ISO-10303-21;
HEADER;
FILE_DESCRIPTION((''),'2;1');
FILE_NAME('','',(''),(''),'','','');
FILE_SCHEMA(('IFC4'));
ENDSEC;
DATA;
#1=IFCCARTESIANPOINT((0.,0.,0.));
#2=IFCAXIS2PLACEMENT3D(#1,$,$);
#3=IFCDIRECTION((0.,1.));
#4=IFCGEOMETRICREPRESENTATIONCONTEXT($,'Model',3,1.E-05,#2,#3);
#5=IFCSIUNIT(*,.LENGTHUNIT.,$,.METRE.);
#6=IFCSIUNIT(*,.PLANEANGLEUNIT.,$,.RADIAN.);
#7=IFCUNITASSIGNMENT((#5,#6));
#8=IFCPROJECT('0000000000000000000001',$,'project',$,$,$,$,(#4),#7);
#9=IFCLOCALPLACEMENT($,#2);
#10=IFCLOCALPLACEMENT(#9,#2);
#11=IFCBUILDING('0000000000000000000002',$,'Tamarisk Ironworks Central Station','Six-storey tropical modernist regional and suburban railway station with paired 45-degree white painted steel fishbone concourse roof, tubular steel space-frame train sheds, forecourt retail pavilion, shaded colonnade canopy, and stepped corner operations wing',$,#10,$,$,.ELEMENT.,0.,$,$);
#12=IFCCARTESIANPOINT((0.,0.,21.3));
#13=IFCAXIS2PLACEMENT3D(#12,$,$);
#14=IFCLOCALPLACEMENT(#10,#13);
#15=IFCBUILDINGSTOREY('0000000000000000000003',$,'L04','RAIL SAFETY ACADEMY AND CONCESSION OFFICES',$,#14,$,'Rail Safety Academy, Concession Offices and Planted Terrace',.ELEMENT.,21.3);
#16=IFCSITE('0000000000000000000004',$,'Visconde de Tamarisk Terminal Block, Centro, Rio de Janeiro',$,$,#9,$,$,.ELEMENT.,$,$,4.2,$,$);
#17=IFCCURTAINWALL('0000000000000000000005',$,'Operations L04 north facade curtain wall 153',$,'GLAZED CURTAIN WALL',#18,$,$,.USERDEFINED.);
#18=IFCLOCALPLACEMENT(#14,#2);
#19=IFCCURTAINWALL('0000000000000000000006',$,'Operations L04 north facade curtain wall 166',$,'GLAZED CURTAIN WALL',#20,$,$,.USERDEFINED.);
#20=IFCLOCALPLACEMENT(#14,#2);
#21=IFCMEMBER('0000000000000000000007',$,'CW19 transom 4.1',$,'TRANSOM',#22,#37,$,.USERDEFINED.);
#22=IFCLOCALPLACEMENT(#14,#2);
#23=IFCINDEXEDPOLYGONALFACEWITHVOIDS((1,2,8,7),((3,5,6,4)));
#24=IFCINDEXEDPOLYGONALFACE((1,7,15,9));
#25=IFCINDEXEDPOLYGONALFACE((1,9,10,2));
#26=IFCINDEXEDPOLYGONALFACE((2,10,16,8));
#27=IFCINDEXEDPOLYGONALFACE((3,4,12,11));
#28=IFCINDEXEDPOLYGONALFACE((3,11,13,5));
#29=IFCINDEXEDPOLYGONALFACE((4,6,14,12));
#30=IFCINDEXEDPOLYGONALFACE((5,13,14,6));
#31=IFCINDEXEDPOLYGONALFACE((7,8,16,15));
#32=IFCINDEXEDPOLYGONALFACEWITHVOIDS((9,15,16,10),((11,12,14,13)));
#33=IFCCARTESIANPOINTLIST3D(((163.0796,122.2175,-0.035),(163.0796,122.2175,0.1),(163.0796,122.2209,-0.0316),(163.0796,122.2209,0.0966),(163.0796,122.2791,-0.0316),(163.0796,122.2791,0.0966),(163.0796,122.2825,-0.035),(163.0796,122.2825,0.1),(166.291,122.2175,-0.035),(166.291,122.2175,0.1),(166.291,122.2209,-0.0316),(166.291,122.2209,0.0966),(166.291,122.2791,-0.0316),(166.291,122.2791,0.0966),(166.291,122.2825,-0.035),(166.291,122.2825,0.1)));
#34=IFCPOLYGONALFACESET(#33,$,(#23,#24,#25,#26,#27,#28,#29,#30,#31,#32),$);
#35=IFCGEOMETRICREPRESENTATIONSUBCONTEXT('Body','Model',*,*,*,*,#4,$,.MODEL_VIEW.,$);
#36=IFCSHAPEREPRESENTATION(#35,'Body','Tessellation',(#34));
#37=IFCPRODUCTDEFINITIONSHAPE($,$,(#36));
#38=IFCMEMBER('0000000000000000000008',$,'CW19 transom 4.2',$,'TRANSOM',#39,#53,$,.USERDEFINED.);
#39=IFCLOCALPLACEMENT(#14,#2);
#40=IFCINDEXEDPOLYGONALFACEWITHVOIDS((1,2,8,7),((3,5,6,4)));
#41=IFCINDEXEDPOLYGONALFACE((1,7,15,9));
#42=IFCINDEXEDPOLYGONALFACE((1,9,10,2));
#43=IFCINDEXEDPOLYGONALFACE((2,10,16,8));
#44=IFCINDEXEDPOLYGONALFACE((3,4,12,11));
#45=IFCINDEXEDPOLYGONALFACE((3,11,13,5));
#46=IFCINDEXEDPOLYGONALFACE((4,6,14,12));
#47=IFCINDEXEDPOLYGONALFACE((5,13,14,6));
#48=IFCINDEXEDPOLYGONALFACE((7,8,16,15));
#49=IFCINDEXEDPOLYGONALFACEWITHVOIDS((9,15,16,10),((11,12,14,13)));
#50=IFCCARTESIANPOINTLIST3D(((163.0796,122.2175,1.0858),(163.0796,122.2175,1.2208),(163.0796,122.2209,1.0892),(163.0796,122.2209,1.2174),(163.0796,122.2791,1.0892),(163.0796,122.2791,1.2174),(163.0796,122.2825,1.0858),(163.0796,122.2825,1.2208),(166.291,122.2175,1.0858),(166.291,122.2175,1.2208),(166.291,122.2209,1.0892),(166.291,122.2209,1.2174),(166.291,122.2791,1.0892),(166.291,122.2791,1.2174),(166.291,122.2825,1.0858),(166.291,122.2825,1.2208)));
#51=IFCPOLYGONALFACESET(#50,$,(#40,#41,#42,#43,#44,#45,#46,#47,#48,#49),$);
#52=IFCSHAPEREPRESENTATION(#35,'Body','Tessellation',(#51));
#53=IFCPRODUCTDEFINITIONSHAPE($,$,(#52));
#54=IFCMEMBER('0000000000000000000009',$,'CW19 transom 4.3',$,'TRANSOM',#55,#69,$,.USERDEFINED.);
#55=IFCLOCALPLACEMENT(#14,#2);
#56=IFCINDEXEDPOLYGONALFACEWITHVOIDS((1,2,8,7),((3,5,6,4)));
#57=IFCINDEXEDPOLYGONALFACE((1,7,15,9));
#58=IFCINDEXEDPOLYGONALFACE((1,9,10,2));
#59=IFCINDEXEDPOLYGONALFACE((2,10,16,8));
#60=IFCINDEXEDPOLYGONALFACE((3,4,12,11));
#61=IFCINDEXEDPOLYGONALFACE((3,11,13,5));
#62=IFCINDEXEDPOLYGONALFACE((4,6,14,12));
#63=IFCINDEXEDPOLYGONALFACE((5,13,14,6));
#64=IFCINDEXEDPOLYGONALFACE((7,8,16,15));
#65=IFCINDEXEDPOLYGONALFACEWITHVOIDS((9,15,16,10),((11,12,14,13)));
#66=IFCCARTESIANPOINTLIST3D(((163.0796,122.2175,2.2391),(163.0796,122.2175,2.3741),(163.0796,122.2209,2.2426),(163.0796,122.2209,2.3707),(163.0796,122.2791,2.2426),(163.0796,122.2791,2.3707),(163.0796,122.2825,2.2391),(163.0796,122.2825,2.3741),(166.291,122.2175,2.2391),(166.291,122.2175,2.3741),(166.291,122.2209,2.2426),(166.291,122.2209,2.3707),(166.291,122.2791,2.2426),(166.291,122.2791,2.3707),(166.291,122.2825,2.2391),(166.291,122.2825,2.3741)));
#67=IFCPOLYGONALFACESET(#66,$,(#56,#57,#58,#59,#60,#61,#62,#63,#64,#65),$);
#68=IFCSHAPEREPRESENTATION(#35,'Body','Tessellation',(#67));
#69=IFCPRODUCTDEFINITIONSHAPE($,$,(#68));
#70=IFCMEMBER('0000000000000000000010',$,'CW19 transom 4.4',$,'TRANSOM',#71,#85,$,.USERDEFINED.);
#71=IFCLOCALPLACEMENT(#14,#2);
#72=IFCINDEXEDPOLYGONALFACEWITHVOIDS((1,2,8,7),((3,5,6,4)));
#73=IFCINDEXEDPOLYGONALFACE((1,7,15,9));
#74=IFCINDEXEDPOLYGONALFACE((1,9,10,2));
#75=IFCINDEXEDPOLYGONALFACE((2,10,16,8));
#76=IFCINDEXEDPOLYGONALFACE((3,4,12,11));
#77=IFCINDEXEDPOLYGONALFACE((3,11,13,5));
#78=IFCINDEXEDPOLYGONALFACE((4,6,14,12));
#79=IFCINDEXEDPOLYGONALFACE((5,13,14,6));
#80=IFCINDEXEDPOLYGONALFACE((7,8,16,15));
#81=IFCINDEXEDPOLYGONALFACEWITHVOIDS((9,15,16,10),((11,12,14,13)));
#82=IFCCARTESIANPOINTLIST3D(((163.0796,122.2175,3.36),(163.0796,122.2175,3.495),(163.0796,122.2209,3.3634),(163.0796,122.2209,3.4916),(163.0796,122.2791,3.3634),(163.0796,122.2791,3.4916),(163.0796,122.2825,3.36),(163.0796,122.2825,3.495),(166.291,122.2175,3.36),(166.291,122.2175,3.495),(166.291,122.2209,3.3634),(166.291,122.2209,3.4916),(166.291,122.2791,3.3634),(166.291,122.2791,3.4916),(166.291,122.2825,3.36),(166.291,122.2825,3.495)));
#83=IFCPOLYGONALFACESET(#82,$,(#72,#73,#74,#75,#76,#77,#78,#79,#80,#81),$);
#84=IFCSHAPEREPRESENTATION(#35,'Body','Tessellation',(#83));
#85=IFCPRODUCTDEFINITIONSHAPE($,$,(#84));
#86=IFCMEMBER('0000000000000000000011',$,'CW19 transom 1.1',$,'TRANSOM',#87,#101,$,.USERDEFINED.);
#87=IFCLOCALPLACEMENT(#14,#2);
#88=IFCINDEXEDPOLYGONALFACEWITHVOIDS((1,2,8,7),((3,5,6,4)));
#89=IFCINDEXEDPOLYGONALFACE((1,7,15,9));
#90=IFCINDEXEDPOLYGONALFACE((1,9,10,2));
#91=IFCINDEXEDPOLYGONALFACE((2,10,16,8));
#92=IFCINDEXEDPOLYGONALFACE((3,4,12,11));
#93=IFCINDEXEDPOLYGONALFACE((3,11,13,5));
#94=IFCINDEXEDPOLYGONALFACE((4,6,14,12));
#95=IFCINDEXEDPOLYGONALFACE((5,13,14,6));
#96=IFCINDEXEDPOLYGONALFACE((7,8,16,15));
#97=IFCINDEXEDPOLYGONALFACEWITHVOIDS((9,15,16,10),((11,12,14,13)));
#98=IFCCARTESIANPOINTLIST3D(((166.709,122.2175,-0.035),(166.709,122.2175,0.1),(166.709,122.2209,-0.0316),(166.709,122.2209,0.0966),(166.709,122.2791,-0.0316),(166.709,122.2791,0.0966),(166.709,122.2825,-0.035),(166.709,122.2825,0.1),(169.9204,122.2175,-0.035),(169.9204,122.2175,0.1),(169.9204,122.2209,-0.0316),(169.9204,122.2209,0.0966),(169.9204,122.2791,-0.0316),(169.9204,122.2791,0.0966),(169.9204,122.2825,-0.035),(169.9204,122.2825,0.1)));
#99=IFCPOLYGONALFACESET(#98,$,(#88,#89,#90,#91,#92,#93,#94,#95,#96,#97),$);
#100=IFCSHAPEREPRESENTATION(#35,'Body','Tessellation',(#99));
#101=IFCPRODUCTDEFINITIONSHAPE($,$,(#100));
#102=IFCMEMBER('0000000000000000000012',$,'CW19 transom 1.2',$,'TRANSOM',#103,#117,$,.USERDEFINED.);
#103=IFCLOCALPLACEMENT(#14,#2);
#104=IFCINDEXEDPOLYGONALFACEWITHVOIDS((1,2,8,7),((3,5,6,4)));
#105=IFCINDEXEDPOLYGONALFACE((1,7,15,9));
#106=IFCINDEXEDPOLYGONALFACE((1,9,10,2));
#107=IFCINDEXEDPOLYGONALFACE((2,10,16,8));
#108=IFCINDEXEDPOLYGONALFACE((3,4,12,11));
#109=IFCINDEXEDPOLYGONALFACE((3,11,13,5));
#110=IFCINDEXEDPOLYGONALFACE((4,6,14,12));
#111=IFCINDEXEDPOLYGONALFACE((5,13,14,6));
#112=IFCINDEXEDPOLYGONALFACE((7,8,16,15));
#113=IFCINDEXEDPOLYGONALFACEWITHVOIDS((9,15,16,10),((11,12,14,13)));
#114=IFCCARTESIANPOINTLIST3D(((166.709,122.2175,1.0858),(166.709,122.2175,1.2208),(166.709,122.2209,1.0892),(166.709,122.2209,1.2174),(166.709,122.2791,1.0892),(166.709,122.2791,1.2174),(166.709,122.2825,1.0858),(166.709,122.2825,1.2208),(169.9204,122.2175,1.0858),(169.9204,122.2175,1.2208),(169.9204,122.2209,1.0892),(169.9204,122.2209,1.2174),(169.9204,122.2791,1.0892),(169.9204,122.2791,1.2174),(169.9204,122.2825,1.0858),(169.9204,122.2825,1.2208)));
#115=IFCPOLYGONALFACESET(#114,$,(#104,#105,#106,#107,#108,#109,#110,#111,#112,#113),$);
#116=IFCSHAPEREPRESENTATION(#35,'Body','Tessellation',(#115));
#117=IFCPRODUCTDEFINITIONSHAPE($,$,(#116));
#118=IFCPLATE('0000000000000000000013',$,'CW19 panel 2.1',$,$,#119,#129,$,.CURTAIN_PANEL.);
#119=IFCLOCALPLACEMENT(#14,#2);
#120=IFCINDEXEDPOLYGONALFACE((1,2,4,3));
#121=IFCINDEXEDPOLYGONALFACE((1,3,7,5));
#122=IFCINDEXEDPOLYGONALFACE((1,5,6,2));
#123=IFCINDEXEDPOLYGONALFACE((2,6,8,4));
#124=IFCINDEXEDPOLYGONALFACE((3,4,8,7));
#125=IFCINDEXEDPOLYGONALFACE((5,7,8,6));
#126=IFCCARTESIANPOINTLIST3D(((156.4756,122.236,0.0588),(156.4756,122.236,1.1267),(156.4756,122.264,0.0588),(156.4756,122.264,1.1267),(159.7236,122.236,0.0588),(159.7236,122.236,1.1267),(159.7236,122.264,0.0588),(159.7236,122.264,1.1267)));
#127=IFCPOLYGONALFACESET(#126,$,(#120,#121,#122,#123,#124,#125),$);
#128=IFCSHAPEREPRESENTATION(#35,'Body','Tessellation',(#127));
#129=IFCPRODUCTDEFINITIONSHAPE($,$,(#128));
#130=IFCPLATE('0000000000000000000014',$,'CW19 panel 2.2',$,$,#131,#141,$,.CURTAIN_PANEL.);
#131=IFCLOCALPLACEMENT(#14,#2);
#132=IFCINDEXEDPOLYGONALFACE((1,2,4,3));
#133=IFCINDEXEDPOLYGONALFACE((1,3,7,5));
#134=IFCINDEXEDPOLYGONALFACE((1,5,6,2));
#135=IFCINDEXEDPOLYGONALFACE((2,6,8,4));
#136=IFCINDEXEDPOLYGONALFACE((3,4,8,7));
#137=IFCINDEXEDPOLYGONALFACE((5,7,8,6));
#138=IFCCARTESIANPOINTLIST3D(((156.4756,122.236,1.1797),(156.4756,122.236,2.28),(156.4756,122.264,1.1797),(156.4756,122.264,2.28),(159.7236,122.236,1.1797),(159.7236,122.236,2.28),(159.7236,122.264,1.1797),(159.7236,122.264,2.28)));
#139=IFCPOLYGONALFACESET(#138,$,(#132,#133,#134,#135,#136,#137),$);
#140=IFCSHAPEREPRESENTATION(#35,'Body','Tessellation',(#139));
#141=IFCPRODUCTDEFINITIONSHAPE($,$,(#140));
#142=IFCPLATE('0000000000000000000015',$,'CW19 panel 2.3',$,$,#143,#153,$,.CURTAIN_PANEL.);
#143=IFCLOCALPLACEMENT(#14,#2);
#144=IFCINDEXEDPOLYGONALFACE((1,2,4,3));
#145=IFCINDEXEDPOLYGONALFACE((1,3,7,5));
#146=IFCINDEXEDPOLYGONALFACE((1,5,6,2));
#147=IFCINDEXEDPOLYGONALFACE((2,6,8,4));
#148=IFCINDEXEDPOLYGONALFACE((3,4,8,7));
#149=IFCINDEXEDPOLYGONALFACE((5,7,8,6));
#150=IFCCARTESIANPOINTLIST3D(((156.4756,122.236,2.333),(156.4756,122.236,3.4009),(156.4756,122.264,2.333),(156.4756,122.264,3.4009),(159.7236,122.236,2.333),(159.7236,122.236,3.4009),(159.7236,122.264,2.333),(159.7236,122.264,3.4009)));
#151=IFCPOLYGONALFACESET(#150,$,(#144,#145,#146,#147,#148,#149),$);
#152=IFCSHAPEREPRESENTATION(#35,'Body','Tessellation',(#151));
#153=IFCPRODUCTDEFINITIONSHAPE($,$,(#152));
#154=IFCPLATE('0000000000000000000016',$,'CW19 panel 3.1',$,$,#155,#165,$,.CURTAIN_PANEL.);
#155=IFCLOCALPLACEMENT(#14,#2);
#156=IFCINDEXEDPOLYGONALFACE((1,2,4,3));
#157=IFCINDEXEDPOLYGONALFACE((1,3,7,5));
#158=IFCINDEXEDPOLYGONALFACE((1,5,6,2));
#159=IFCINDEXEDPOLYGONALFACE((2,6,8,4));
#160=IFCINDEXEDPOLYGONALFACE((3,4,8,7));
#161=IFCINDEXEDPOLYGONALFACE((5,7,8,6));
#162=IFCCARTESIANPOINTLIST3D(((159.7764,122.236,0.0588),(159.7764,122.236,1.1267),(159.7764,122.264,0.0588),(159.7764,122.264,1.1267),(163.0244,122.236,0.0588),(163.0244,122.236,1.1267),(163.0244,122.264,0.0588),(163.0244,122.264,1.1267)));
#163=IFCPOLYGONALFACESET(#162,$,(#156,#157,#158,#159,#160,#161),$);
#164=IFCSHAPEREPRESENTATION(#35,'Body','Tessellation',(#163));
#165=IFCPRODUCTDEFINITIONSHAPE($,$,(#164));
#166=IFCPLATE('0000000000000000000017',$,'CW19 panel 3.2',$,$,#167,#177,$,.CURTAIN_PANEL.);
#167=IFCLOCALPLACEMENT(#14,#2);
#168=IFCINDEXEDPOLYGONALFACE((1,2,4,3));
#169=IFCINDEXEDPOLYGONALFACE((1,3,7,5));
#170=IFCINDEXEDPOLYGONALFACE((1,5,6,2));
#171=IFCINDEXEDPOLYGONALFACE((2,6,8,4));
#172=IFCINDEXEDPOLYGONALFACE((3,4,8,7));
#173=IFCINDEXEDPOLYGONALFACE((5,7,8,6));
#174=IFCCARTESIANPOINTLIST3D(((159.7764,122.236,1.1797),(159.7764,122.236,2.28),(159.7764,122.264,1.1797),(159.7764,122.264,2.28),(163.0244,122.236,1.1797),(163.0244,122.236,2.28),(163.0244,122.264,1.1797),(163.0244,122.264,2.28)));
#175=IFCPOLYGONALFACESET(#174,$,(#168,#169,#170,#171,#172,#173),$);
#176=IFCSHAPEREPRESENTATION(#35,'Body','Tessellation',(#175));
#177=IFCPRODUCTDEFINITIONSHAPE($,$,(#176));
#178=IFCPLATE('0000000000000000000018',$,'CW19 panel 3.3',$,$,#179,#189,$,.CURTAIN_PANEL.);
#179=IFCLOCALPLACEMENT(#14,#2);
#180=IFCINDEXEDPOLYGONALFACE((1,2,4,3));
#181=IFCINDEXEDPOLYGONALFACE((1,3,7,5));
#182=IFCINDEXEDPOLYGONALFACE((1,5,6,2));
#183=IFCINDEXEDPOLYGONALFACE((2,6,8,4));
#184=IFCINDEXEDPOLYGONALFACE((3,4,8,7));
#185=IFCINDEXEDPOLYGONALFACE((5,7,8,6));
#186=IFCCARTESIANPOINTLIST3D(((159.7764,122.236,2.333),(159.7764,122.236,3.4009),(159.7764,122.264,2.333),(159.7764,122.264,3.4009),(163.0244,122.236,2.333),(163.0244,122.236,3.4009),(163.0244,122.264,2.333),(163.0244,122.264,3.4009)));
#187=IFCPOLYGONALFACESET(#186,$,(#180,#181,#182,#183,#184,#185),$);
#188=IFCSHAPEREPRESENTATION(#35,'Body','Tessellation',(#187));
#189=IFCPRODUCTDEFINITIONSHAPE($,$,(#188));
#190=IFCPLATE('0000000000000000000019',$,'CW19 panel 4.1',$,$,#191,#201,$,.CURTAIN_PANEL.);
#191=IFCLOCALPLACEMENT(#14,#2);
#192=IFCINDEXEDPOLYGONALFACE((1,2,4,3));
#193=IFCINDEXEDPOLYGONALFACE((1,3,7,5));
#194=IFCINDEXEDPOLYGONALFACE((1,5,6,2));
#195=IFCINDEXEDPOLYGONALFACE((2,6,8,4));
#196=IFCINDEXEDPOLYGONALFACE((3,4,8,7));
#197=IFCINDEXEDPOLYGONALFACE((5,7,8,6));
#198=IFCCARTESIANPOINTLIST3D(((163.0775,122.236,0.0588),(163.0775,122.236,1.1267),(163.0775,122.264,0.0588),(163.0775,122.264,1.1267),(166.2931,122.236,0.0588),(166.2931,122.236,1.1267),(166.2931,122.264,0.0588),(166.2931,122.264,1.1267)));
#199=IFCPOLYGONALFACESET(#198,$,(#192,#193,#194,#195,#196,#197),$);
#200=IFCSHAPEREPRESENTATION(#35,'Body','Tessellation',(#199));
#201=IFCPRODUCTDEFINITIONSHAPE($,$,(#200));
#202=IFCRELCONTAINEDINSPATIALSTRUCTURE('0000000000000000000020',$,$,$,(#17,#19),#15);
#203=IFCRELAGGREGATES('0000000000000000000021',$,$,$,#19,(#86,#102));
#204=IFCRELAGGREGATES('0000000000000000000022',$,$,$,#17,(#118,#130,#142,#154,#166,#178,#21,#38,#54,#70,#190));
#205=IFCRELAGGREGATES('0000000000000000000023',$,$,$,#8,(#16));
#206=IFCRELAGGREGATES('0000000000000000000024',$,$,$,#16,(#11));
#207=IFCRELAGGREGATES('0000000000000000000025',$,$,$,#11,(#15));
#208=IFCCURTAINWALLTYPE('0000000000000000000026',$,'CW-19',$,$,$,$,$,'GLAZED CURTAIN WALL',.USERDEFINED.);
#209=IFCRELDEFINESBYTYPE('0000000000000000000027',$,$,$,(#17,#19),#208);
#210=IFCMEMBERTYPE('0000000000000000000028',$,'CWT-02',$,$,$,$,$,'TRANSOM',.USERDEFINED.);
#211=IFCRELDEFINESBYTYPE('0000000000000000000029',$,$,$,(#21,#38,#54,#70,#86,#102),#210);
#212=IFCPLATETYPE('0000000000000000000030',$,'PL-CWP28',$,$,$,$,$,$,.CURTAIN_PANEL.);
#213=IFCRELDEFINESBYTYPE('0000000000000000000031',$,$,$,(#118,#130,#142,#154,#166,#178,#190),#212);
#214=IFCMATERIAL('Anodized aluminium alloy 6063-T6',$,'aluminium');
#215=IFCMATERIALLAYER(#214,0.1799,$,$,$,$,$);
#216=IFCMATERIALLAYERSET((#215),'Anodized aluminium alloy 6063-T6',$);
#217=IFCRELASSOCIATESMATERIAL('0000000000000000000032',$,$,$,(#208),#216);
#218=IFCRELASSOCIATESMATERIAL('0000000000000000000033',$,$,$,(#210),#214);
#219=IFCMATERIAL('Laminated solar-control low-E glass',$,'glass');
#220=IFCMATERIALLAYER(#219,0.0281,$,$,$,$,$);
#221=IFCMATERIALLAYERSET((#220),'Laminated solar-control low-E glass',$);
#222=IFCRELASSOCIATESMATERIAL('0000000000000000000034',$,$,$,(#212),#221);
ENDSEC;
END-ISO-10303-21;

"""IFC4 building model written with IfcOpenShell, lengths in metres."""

from ifc_helpers import new_model, si_unit, direction, frame, origin, origin_2d, place, context, subcontext, project, spatial, rectangle, hollow_rectangle, extrude, material, layer, layer_set, material_profile, profile_set, type_object, element, aggregate, save


model = new_model("IFC4")

# Units and contexts
model_context = context("Model", 3, precision=1e-05, world=origin(), true_north=direction((0.0, 1.0)))
body_context = subcontext(model_context, "Body", "Model", "MODEL_VIEW")
ifc_project = project(units=[si_unit("LENGTHUNIT", "METRE"), si_unit("PLANEANGLEUNIT", "RADIAN")], contexts=[model_context])

# Site, building, storey
site_placement = place(None, origin())
site = spatial("IfcSite", under=ifc_project, at=site_placement, Name="Visconde de Tamarisk Terminal Block, Centro, Rio de Janeiro", CompositionType="ELEMENT", RefElevation=4.2)
building_placement = place(site_placement, origin())
building = spatial("IfcBuilding", under=site, at=building_placement, Name="Tamarisk Ironworks Central Station", Description="Six-storey tropical modernist regional and suburban railway station with paired 45-degree white painted steel fishbone concourse roof, tubular steel space-frame train sheds, forecourt retail pavilion, shaded colonnade canopy, and stepped corner operations wing", CompositionType="ELEMENT", ElevationOfRefHeight=0.0)
storey_placement = place(building_placement, frame((0.0, 0.0, 21.3)))
storey = spatial("IfcBuildingStorey", under=building, at=storey_placement, Name="L04", Description="RAIL SAFETY ACADEMY AND CONCESSION OFFICES", LongName="Rail Safety Academy, Concession Offices and Planted Terrace", CompositionType="ELEMENT", Elevation=21.3)

# Curtain wall
ifc_material_1 = material(Name="Anodized aluminium alloy 6063-T6", Category="aluminium")
ifc_layer_1 = layer(ifc_material_1, 0.1799)
ifc_layer_set_1 = layer_set([ifc_layer_1], Name="Anodized aluminium alloy 6063-T6")
curtain_wall_type = type_object("IfcCurtainWallType", Name="CW-19", ElementType="GLAZED CURTAIN WALL", PredefinedType="USERDEFINED", material=ifc_layer_set_1)
curtain_wall_1_placement = place(storey_placement, origin())
curtain_wall_1 = element("IfcCurtainWall", 1, at=curtain_wall_1_placement, inside=storey, type_object=curtain_wall_type, Name="Operations L04 north facade curtain wall 153", ObjectType="GLAZED CURTAIN WALL", PredefinedType="USERDEFINED")

# Curtain wall
curtain_wall_2_placement = place(storey_placement, origin())
curtain_wall_2 = element("IfcCurtainWall", 2, at=curtain_wall_2_placement, inside=storey, type_object=curtain_wall_type, Name="Operations L04 north facade curtain wall 166", ObjectType="GLAZED CURTAIN WALL", PredefinedType="USERDEFINED")

# Members
ifc_material_profile_1 = material_profile(ifc_material_1, hollow_rectangle(XDim=0.0649, YDim=0.135, WallThickness=0.0034, at=origin_2d()), Name="ALUM 135x65")
ifc_profile_set_1 = profile_set([ifc_material_profile_1], Name="Anodized aluminium alloy 6063-T6")
member_type_1 = type_object("IfcMemberType", Name="CWT-02", ElementType="TRANSOM", PredefinedType="USERDEFINED", material=ifc_profile_set_1)
member_1_placement = place(storey_placement, frame((163.0796, 122.25, 0.0325), z_axis=(1.0, 0.0, 0.0), x_axis=(0.0, 1.0, 0.0)))
member_1 = element("IfcMember", 3, at=member_1_placement, type_object=member_type_1, Name="CW19 transom 4.1", ObjectType="TRANSOM", PredefinedType="USERDEFINED", context=body_context, shape_type="SweptSolid", body=[
    extrude(hollow_rectangle(XDim=0.0649, YDim=0.135, WallThickness=0.0034, at=origin_2d()), origin(), (0.0, 0.0, 1.0), 3.2114),
])
member_2_placement = place(storey_placement, frame((163.0796, 122.25, 1.1533), z_axis=(1.0, 0.0, 0.0), x_axis=(0.0, 1.0, 0.0)))
member_2 = element("IfcMember", 4, at=member_2_placement, type_object=member_type_1, Name="CW19 transom 4.2", ObjectType="TRANSOM", PredefinedType="USERDEFINED", context=body_context, shape_type="SweptSolid", body=[
    extrude(hollow_rectangle(XDim=0.0649, YDim=0.135, WallThickness=0.0034, at=origin_2d()), origin(), (0.0, 0.0, 1.0), 3.2114),
])
member_3_placement = place(storey_placement, frame((163.0796, 122.25, 2.3066), z_axis=(1.0, 0.0, 0.0), x_axis=(0.0, 1.0, 0.0)))
member_3 = element("IfcMember", 5, at=member_3_placement, type_object=member_type_1, Name="CW19 transom 4.3", ObjectType="TRANSOM", PredefinedType="USERDEFINED", context=body_context, shape_type="SweptSolid", body=[
    extrude(hollow_rectangle(XDim=0.0649, YDim=0.135, WallThickness=0.0034, at=origin_2d()), origin(), (0.0, 0.0, 1.0), 3.2114),
])
member_4_placement = place(storey_placement, frame((163.0796, 122.25, 3.4275), z_axis=(1.0, 0.0, 0.0), x_axis=(0.0, 1.0, 0.0)))
member_4 = element("IfcMember", 6, at=member_4_placement, type_object=member_type_1, Name="CW19 transom 4.4", ObjectType="TRANSOM", PredefinedType="USERDEFINED", context=body_context, shape_type="SweptSolid", body=[
    extrude(hollow_rectangle(XDim=0.0649, YDim=0.135, WallThickness=0.0034, at=origin_2d()), origin(), (0.0, 0.0, 1.0), 3.2114),
])
member_5_placement = place(storey_placement, frame((166.709, 122.25, 0.0325), z_axis=(1.0, 0.0, 0.0), x_axis=(0.0, 1.0, 0.0)))
member_5 = element("IfcMember", 7, at=member_5_placement, type_object=member_type_1, Name="CW19 transom 1.1", ObjectType="TRANSOM", PredefinedType="USERDEFINED", context=body_context, shape_type="SweptSolid", body=[
    extrude(hollow_rectangle(XDim=0.0649, YDim=0.135, WallThickness=0.0034, at=origin_2d()), origin(), (0.0, 0.0, 1.0), 3.2114),
])
member_6_placement = place(storey_placement, frame((166.709, 122.25, 1.1533), z_axis=(1.0, 0.0, 0.0), x_axis=(0.0, 1.0, 0.0)))
member_6 = element("IfcMember", 8, at=member_6_placement, type_object=member_type_1, Name="CW19 transom 1.2", ObjectType="TRANSOM", PredefinedType="USERDEFINED", context=body_context, shape_type="SweptSolid", body=[
    extrude(hollow_rectangle(XDim=0.0649, YDim=0.135, WallThickness=0.0034, at=origin_2d()), origin(), (0.0, 0.0, 1.0), 3.2114),
])
aggregate(curtain_wall_2, [member_5, member_6])

# Plates
ifc_material_2 = material(Name="Laminated solar-control low-E glass", Category="glass")
ifc_layer_2 = layer(ifc_material_2, 0.0281)
ifc_layer_set_2 = layer_set([ifc_layer_2], Name="Laminated solar-control low-E glass")
plate_type = type_object("IfcPlateType", Name="PL-CWP28", PredefinedType="CURTAIN_PANEL", material=ifc_layer_set_2)
plate_1_placement = place(storey_placement, frame((158.0996, 122.25, 0.0588), z_axis=(0.0, 0.0, 1.0), x_axis=(1.0, 0.0, 0.0)))
plate_1 = element("IfcPlate", 9, at=plate_1_placement, type_object=plate_type, Name="CW19 panel 2.1", PredefinedType="CURTAIN_PANEL", context=body_context, shape_type="SweptSolid", body=[
    extrude(rectangle(XDim=3.248, YDim=0.0281, at=origin_2d()), origin(), (0.0, 0.0, 1.0), 1.0679),
])
plate_2_placement = place(storey_placement, frame((158.0996, 122.25, 1.1797), z_axis=(0.0, 0.0, 1.0), x_axis=(1.0, 0.0, 0.0)))
plate_2 = element("IfcPlate", 10, at=plate_2_placement, type_object=plate_type, Name="CW19 panel 2.2", PredefinedType="CURTAIN_PANEL", context=body_context, shape_type="SweptSolid", body=[
    extrude(rectangle(XDim=3.248, YDim=0.0281, at=origin_2d()), origin(), (0.0, 0.0, 1.0), 1.1003),
])
plate_3_placement = place(storey_placement, frame((158.0996, 122.25, 2.333), z_axis=(0.0, 0.0, 1.0), x_axis=(1.0, 0.0, 0.0)))
plate_3 = element("IfcPlate", 11, at=plate_3_placement, type_object=plate_type, Name="CW19 panel 2.3", PredefinedType="CURTAIN_PANEL", context=body_context, shape_type="SweptSolid", body=[
    extrude(rectangle(XDim=3.248, YDim=0.0281, at=origin_2d()), origin(), (0.0, 0.0, 1.0), 1.0679),
])
plate_4_placement = place(storey_placement, frame((161.4004, 122.25, 0.0588), z_axis=(0.0, 0.0, 1.0), x_axis=(1.0, 0.0, 0.0)))
plate_4 = element("IfcPlate", 12, at=plate_4_placement, type_object=plate_type, Name="CW19 panel 3.1", PredefinedType="CURTAIN_PANEL", context=body_context, shape_type="SweptSolid", body=[
    extrude(rectangle(XDim=3.248, YDim=0.0281, at=origin_2d()), origin(), (0.0, 0.0, 1.0), 1.0679),
])
plate_5_placement = place(storey_placement, frame((161.4004, 122.25, 1.1797), z_axis=(0.0, 0.0, 1.0), x_axis=(1.0, 0.0, 0.0)))
plate_5 = element("IfcPlate", 13, at=plate_5_placement, type_object=plate_type, Name="CW19 panel 3.2", PredefinedType="CURTAIN_PANEL", context=body_context, shape_type="SweptSolid", body=[
    extrude(rectangle(XDim=3.248, YDim=0.0281, at=origin_2d()), origin(), (0.0, 0.0, 1.0), 1.1003),
])
plate_6_placement = place(storey_placement, frame((161.4004, 122.25, 2.333), z_axis=(0.0, 0.0, 1.0), x_axis=(1.0, 0.0, 0.0)))
plate_6 = element("IfcPlate", 14, at=plate_6_placement, type_object=plate_type, Name="CW19 panel 3.3", PredefinedType="CURTAIN_PANEL", context=body_context, shape_type="SweptSolid", body=[
    extrude(rectangle(XDim=3.248, YDim=0.0281, at=origin_2d()), origin(), (0.0, 0.0, 1.0), 1.0679),
])
plate_7_placement = place(storey_placement, frame((164.6853, 122.25, 0.0588), z_axis=(0.0, 0.0, 1.0), x_axis=(1.0, 0.0, 0.0)))
plate_7 = element("IfcPlate", 15, at=plate_7_placement, type_object=plate_type, Name="CW19 panel 4.1", PredefinedType="CURTAIN_PANEL", context=body_context, shape_type="SweptSolid", body=[
    extrude(rectangle(XDim=3.2156, YDim=0.0281, at=origin_2d()), origin(), (0.0, 0.0, 1.0), 1.0679),
])
aggregate(curtain_wall_1, [plate_1, plate_2, plate_3, plate_4, plate_5, plate_6, member_1, member_2, member_3, member_4, plate_7])

save(model, "model.ifc")
